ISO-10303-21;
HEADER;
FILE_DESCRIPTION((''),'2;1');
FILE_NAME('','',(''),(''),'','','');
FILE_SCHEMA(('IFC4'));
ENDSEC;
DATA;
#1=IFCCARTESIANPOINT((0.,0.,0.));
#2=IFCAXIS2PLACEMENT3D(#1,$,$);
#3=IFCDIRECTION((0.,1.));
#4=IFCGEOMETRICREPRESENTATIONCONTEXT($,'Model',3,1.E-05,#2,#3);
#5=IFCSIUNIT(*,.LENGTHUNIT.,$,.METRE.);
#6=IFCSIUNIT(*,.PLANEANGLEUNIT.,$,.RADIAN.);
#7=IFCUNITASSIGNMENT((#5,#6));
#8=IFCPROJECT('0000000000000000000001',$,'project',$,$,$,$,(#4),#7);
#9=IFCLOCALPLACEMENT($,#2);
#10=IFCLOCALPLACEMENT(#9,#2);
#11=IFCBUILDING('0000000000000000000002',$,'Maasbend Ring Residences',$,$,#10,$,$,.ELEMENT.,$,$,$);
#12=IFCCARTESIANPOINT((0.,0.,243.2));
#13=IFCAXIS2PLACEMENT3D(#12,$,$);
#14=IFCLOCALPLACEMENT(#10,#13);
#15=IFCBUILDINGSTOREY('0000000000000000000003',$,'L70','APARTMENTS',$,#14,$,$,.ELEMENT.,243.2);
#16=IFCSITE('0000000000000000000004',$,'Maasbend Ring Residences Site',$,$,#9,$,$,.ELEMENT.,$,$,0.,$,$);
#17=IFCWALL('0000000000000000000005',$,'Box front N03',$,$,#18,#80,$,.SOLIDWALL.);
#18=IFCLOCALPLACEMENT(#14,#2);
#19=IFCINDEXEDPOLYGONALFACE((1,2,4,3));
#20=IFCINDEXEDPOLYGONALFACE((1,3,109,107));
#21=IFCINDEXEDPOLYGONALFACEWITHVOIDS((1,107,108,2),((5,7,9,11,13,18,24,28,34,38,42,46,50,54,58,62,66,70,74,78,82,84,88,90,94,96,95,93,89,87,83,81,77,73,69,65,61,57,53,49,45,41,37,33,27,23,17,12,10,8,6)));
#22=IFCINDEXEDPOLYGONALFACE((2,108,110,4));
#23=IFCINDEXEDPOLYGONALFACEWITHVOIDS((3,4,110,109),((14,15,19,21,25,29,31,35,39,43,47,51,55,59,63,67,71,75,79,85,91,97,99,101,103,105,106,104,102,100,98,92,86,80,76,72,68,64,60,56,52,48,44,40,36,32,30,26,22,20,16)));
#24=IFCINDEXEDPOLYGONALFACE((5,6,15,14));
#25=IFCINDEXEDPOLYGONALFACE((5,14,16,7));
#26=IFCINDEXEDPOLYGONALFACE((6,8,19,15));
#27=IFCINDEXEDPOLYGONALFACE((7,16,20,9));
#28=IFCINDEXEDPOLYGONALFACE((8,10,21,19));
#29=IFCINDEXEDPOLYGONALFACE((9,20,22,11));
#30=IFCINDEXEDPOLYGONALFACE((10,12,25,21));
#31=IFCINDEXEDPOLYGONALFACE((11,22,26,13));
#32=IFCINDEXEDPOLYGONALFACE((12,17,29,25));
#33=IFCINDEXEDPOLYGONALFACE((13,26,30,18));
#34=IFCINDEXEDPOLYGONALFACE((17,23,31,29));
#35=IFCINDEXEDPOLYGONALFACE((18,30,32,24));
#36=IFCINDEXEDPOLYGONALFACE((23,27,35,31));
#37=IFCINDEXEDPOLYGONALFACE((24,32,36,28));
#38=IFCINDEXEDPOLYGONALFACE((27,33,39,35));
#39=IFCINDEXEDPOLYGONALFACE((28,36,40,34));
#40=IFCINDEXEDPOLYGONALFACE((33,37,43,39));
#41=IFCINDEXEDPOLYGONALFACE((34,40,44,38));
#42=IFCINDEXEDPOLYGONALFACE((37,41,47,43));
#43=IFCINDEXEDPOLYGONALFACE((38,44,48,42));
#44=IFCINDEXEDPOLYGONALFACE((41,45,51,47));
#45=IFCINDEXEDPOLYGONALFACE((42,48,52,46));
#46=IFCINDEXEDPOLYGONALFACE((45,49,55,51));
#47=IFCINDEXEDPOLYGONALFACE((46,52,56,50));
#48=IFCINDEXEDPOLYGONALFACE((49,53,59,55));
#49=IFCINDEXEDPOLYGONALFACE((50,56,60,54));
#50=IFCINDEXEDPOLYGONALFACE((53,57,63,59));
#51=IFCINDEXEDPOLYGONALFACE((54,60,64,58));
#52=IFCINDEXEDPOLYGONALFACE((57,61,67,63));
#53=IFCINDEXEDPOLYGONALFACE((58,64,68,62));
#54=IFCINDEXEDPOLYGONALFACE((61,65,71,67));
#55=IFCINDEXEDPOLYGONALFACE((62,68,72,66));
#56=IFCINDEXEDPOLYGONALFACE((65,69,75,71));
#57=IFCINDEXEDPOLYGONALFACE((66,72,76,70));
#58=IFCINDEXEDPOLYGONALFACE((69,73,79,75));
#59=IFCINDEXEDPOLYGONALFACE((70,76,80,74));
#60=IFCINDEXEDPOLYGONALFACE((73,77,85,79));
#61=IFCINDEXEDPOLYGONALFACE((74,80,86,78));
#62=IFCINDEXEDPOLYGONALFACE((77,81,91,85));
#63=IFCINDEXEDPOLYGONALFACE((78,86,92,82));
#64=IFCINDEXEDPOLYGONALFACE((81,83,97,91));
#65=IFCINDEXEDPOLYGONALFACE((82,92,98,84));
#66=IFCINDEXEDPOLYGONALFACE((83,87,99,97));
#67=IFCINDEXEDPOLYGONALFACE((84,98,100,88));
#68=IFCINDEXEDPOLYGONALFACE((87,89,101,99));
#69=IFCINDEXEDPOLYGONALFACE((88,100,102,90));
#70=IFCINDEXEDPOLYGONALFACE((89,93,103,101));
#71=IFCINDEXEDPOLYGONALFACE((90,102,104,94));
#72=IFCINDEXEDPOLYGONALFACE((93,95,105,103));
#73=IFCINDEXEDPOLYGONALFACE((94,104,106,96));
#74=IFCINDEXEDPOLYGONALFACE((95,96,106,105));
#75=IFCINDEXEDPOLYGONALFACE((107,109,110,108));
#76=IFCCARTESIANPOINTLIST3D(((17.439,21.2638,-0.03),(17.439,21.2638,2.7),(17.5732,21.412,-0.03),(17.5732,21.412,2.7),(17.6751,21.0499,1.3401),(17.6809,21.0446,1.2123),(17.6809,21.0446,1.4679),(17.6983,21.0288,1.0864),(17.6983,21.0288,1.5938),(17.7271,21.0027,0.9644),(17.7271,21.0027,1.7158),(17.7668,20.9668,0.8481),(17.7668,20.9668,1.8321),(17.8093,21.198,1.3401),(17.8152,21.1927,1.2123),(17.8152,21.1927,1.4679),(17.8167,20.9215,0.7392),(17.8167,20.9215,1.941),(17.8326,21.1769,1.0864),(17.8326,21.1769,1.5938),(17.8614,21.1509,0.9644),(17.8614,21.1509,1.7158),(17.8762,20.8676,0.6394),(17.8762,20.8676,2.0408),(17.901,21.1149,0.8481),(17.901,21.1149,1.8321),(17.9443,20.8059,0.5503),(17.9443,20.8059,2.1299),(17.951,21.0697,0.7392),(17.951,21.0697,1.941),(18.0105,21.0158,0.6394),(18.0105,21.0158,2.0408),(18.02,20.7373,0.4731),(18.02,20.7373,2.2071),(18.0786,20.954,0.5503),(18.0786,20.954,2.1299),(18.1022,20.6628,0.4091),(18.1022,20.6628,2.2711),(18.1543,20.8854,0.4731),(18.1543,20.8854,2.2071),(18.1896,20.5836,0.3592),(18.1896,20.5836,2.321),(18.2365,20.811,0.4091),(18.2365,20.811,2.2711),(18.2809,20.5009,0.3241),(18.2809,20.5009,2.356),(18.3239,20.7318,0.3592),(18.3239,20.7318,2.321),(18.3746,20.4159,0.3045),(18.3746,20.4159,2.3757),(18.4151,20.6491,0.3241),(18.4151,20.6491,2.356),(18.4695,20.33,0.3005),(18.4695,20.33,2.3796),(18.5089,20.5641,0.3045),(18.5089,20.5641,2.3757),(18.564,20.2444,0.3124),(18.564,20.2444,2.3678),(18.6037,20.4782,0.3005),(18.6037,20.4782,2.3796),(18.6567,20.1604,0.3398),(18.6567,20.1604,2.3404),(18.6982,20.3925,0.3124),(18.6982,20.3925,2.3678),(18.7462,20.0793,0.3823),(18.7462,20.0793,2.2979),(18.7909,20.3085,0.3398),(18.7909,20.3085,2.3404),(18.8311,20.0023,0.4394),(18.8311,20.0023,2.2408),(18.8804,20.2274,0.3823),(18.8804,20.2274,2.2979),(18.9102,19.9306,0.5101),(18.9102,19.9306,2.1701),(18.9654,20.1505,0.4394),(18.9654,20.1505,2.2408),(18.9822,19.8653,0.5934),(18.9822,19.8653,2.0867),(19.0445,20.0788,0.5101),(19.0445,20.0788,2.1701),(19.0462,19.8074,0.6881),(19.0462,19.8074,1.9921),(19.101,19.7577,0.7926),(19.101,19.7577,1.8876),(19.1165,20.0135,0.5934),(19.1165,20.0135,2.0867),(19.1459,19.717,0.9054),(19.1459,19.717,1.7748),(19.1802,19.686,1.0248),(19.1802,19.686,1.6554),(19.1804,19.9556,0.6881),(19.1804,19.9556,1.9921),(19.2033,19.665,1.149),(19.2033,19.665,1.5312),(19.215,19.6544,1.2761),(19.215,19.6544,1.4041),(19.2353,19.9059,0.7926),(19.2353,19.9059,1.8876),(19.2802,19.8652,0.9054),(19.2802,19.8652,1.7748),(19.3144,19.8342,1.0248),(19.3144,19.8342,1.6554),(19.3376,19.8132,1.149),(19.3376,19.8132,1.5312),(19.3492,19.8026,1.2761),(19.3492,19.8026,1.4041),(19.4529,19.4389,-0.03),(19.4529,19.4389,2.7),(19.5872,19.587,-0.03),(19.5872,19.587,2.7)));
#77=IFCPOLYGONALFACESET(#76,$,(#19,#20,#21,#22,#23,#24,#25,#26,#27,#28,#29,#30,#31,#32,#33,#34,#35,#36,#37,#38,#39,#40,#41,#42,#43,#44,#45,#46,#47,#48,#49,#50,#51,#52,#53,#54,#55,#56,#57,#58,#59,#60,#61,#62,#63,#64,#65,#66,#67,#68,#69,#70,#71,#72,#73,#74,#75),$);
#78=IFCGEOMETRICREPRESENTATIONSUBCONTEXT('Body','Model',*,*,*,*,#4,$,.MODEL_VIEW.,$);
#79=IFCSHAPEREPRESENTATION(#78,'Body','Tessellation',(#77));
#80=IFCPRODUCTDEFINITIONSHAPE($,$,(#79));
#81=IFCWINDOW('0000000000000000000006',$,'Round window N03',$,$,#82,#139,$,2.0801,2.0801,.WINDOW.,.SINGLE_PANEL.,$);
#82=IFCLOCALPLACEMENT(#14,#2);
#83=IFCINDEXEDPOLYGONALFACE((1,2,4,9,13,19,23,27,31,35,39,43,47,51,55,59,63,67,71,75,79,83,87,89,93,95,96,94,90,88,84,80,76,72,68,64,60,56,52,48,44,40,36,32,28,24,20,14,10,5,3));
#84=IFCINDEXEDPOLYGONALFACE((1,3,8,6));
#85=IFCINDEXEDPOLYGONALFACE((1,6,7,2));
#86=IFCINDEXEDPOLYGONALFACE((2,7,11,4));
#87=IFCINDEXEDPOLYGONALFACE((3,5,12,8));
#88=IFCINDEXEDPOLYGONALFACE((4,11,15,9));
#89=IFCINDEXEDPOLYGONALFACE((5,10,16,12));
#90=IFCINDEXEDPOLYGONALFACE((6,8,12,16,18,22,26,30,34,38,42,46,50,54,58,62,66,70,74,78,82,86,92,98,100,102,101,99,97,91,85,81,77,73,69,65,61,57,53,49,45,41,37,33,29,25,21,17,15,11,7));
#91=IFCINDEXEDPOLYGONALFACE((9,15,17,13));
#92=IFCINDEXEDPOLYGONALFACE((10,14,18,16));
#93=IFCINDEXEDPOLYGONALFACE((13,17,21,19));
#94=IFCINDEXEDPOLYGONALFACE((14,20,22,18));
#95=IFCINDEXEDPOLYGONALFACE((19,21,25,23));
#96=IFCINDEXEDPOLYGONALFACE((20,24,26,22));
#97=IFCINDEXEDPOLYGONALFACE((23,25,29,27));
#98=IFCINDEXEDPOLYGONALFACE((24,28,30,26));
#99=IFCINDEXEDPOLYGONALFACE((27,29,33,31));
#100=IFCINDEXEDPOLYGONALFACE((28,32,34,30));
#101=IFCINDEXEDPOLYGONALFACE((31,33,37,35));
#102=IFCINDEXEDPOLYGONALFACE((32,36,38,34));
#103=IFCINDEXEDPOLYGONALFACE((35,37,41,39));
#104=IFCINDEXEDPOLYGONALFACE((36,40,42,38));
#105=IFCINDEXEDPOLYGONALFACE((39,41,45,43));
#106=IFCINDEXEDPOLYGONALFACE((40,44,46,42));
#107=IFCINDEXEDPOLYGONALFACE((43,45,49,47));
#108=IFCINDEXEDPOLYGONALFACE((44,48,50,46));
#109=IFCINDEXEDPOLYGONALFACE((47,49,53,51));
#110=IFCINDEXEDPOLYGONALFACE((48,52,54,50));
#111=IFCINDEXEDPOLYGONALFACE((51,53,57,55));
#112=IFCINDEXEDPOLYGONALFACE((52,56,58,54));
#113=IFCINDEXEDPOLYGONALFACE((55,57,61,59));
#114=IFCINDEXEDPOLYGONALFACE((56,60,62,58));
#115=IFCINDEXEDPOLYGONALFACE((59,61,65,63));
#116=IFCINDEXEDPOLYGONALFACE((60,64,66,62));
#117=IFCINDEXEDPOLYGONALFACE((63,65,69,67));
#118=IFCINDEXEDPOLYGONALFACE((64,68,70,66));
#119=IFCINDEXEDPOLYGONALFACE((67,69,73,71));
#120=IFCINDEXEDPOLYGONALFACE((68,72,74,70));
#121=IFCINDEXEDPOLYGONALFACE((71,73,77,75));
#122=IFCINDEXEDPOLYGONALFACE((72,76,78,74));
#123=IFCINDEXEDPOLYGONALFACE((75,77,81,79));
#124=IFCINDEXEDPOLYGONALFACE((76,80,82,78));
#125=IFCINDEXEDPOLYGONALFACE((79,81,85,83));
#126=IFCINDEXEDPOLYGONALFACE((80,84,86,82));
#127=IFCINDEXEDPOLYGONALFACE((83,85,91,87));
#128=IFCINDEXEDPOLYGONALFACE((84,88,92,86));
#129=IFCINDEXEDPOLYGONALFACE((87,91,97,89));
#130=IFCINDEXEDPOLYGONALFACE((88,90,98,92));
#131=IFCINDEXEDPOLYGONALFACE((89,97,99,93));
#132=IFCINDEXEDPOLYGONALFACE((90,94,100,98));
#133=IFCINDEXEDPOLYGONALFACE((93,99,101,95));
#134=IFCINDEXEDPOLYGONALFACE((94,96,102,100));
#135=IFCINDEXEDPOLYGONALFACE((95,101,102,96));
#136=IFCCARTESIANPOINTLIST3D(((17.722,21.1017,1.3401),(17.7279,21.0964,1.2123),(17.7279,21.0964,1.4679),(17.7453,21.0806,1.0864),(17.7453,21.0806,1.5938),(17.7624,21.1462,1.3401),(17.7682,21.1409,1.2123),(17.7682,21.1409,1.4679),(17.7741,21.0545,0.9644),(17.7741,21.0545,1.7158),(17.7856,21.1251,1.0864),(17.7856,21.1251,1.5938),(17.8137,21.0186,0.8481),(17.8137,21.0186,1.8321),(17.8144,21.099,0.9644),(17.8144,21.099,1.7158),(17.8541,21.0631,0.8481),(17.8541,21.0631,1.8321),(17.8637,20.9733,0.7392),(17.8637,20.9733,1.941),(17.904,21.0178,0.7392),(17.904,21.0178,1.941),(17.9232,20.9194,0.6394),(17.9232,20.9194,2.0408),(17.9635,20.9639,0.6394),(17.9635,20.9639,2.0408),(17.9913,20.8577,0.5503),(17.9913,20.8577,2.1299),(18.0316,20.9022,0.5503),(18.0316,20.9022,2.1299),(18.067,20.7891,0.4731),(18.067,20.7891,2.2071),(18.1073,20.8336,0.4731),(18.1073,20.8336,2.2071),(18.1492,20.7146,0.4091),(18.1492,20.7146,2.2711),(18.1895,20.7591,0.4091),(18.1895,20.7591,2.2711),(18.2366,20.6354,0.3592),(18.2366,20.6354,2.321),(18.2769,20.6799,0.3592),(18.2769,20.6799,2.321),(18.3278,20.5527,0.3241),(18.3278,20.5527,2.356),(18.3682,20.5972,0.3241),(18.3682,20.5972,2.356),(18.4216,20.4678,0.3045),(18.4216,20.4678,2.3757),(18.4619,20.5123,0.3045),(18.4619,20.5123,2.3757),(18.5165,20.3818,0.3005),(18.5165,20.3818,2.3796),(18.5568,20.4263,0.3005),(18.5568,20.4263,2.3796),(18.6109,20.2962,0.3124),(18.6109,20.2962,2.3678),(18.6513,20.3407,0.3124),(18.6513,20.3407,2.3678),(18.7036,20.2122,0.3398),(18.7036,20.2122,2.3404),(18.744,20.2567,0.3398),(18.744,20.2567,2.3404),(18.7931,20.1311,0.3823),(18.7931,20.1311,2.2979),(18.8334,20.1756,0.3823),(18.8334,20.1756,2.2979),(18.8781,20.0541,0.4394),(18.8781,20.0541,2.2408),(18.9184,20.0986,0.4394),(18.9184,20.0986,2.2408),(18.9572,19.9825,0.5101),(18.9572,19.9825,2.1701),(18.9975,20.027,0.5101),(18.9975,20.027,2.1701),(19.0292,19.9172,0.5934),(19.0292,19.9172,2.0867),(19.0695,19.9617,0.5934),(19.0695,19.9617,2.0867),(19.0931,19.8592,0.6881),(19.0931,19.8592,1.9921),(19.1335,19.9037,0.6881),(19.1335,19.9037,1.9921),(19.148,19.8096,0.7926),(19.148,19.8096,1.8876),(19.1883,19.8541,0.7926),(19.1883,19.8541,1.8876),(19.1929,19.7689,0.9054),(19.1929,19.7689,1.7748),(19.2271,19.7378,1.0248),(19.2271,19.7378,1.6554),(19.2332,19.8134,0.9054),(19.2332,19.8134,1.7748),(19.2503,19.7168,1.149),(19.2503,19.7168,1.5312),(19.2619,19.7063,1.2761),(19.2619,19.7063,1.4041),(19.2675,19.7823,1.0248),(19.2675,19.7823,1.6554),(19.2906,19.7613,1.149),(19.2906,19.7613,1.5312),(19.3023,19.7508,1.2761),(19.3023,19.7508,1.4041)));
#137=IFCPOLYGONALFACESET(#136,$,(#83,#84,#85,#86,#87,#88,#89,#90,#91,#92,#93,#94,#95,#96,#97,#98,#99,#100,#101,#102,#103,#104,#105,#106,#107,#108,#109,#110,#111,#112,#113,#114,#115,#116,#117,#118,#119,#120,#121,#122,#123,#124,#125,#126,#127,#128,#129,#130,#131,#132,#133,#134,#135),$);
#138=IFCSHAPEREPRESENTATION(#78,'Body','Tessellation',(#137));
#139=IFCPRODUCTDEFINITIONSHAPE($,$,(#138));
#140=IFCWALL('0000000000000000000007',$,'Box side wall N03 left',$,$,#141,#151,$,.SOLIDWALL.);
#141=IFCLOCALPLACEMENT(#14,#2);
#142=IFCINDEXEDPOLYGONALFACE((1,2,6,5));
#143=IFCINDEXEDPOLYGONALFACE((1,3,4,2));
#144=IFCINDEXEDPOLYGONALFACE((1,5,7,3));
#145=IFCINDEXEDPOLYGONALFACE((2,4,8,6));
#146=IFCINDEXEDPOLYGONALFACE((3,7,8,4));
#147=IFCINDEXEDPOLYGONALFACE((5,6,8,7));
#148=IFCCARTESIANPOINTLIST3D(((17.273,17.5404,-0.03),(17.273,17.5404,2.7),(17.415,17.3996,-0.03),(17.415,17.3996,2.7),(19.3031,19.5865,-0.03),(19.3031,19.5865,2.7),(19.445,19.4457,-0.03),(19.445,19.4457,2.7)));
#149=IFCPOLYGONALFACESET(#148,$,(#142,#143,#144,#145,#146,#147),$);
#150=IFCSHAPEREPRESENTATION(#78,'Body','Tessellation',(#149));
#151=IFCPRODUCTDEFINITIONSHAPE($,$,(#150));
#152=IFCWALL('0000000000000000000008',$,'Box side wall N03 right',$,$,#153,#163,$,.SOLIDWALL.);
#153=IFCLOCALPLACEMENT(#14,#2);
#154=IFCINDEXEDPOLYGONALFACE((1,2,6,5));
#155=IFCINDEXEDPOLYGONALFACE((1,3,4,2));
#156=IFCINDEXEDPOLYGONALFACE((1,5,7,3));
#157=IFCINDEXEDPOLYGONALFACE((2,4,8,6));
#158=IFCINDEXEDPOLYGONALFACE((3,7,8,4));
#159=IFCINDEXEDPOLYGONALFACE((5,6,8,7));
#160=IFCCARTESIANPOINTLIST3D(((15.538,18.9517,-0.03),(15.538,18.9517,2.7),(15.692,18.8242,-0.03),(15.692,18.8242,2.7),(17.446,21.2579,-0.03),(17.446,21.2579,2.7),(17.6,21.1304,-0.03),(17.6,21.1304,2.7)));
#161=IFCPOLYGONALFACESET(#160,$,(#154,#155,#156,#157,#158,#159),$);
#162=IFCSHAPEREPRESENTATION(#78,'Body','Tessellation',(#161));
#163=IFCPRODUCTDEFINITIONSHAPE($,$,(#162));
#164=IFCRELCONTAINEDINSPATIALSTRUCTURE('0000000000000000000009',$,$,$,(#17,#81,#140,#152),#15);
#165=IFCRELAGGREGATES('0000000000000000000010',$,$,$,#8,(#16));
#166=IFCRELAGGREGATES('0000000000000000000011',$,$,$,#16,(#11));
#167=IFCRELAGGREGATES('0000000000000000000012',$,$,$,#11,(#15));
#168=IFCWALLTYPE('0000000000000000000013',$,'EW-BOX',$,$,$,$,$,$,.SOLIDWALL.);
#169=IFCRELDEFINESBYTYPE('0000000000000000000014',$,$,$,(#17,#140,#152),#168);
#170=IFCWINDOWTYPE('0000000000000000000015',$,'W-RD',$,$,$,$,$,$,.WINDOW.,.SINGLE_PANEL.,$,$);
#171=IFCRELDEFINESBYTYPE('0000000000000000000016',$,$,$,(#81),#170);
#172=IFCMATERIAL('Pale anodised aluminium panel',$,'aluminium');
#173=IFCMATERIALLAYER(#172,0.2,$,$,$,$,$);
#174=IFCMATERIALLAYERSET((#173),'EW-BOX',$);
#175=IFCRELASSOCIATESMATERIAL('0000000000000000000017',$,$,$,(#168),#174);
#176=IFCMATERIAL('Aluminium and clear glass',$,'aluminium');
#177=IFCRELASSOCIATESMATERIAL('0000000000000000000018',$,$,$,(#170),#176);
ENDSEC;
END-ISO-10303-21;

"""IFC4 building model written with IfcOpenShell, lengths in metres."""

from ifc_helpers import new_model, si_unit, direction, frame, frame_2d, origin, place, context, subcontext, project, spatial, rectangle, circle, extrude, material, layer, layer_set, type_object, element, fill, save


model = new_model("IFC4")

# Units and contexts
model_context = context("Model", 3, precision=1e-05, world=origin(), true_north=direction((0.0, 1.0)))
body_context = subcontext(model_context, "Body", "Model", "MODEL_VIEW")
ifc_project = project(units=[si_unit("LENGTHUNIT", "METRE"), si_unit("PLANEANGLEUNIT", "RADIAN")], contexts=[model_context])

# Site, building, storey
site_placement = place(None, origin())
site = spatial("IfcSite", under=ifc_project, at=site_placement, Name="Maasbend Ring Residences Site", CompositionType="ELEMENT", RefElevation=0.0)
building_placement = place(site_placement, origin())
building = spatial("IfcBuilding", under=site, at=building_placement, Name="Maasbend Ring Residences", CompositionType="ELEMENT")
storey_placement = place(building_placement, frame((0.0, 0.0, 243.2)))
storey = spatial("IfcBuildingStorey", under=building, at=storey_placement, Name="L70", Description="APARTMENTS", CompositionType="ELEMENT", Elevation=243.2)

# Wall, opening, window
ifc_material_1 = material(Name="Pale anodised aluminium panel", Category="aluminium")
ifc_layer_1 = layer(ifc_material_1, 0.2)
ifc_layer_set_1 = layer_set([ifc_layer_1], Name="EW-BOX")
wall_type_1 = type_object("IfcWallType", Name="EW-BOX", PredefinedType="SOLIDWALL", material=ifc_layer_set_1)
wall_1_placement = place(storey_placement, frame((19.52, 19.5129, -0.03), z_axis=(0.0, 0.0, 1.0), x_axis=(-0.741016, 0.671487, 0.0)))
wall_1 = element("IfcWall", 1, at=wall_1_placement, inside=storey, type_object=wall_type_1, Name="Box front N03", PredefinedType="SOLIDWALL", context=body_context, shape_type="SweptSolid", body=[
    extrude(rectangle(XDim=2.7178, YDim=0.2, at=frame_2d((1.3589, 0.0))), origin(), (0.0, 0.0, 1.0), 2.73),
])
opening_1_placement = place(wall_1_placement, frame((0.3191, 0.0, 0.3301)))
opening_1 = element("IfcOpeningElement", 2, at=opening_1_placement, cuts=wall_1, PredefinedType="OPENING", context=body_context, shape_type="SweptSolid", body=[
    extrude(circle(Radius=1.04, at=frame_2d((1.04, 1.04))), frame((0.0, 0.1099, 0.0), z_axis=(0.0, -1.0, 0.0), x_axis=(1.0, 0.0, 0.0)), (0.0, 0.0, 1.0), 0.22),
])
ifc_material_2 = material(Name="Aluminium and clear glass", Category="aluminium")
window_type_1 = type_object("IfcWindowType", Name="W-RD", PartitioningType="SINGLE_PANEL", PredefinedType="WINDOW", material=ifc_material_2)
window_1_placement = place(opening_1_placement, origin())
window_1 = element("IfcWindow", 3, at=window_1_placement, inside=storey, type_object=window_type_1, Name="Round window N03", OverallHeight=2.0801, OverallWidth=2.0801, PartitioningType="SINGLE_PANEL", PredefinedType="WINDOW", context=body_context, shape_type="SweptSolid", body=[
    extrude(circle(Radius=1.04, at=frame_2d((1.04, 1.04))), frame((0.0, 0.03, 0.0), z_axis=(0.0, -1.0, 0.0), x_axis=(1.0, 0.0, 0.0)), (0.0, 0.0, 1.0), 0.0601),
])
fill(opening_1, window_1)

# Walls
wall_2_placement = place(storey_placement, frame((17.344, 17.47, -0.03), z_axis=(0.0, 0.0, 1.0), x_axis=(0.704306, 0.709896, 0.0)))
element("IfcWall", 4, at=wall_2_placement, inside=storey, type_object=wall_type_1, Name="Box side wall N03 left", PredefinedType="SOLIDWALL", context=body_context, shape_type="SweptSolid", body=[
    extrude(rectangle(XDim=2.8823, YDim=0.2, at=frame_2d((1.4412, 0.0))), origin(), (0.0, 0.0, 1.0), 2.73),
])
wall_3_placement = place(storey_placement, frame((15.615, 18.8879, -0.03), z_axis=(0.0, 0.0, 1.0), x_axis=(0.637453, 0.77049, 0.0)))
element("IfcWall", 5, at=wall_3_placement, inside=storey, type_object=wall_type_1, Name="Box side wall N03 right", PredefinedType="SOLIDWALL", context=body_context, shape_type="SweptSolid", body=[
    extrude(rectangle(XDim=2.9932, YDim=0.2, at=frame_2d((1.4966, 0.0))), origin(), (0.0, 0.0, 1.0), 2.73),
])

save(model, "model.ifc")
